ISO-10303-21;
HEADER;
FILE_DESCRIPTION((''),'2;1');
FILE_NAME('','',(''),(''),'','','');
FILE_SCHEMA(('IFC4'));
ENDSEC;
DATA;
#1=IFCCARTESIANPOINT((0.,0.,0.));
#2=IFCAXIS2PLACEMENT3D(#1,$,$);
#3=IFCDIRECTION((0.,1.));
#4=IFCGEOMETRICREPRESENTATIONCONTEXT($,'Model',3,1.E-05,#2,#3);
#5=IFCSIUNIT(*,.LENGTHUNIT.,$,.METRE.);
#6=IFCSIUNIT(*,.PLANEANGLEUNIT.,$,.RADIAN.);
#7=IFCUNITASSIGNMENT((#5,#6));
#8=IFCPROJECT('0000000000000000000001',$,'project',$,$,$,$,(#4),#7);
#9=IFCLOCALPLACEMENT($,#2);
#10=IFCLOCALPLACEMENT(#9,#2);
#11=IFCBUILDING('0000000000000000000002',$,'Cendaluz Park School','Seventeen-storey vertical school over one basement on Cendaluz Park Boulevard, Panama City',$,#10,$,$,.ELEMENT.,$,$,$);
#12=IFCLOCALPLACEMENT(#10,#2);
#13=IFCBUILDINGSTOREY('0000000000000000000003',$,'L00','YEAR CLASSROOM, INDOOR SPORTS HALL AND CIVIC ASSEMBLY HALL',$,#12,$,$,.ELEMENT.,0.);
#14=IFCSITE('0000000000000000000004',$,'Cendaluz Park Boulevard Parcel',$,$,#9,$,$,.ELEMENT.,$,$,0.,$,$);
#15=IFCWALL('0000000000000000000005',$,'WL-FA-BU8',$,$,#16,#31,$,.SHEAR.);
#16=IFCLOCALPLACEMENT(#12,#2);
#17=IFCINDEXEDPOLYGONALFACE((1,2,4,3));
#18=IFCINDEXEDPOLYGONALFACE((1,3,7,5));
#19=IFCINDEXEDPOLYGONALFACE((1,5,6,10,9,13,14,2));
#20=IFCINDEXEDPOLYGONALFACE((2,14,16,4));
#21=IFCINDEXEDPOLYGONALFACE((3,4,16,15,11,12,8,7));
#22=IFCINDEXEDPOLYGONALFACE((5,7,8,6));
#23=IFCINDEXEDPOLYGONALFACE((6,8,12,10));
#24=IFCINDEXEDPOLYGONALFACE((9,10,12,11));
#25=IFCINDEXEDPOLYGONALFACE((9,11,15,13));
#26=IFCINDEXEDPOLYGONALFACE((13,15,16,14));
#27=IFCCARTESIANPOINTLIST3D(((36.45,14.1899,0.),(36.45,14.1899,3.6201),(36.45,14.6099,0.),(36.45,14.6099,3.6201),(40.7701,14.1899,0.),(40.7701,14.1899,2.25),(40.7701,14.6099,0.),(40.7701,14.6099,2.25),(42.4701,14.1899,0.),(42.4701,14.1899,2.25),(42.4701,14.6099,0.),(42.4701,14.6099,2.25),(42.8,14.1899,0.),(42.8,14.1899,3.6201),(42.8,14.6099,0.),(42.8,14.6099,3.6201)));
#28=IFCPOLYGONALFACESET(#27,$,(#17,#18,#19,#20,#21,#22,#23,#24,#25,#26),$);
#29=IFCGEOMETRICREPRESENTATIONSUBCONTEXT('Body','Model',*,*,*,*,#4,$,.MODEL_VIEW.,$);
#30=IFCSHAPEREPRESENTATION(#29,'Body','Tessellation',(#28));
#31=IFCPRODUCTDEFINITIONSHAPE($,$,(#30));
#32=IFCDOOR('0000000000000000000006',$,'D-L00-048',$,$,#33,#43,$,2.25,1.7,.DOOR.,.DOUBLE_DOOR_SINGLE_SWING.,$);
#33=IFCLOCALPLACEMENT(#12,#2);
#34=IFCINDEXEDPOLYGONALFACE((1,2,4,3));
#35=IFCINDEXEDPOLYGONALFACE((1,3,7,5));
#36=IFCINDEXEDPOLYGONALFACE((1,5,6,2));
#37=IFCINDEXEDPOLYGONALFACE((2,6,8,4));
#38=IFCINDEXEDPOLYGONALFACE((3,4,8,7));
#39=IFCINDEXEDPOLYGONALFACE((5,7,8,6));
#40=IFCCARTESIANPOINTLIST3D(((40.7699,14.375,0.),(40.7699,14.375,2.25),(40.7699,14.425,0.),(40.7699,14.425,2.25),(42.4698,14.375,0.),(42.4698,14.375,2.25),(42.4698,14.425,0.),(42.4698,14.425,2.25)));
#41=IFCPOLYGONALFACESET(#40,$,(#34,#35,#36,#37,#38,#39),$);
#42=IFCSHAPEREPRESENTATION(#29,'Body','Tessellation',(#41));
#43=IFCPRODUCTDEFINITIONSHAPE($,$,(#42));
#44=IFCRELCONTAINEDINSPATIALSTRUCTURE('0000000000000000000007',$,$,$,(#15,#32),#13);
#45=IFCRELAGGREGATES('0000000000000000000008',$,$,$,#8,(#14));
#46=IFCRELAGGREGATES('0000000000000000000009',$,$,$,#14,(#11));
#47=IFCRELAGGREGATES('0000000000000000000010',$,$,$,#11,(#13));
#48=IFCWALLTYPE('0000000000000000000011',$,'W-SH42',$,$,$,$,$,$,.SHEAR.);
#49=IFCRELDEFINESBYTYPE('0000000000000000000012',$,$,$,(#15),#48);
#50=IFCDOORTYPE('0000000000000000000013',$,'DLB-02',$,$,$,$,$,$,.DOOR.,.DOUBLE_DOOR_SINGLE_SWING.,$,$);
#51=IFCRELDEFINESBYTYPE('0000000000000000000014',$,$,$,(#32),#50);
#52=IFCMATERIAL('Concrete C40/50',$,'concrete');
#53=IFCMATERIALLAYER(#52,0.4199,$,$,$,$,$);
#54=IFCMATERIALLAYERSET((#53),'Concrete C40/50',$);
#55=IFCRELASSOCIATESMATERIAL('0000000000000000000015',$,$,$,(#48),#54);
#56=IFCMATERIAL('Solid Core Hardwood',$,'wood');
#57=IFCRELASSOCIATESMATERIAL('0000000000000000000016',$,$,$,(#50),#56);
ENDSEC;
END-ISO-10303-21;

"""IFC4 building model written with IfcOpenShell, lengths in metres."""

from ifc_helpers import new_model, si_unit, direction, frame, frame_2d, origin, place, context, subcontext, project, spatial, rectangle, extrude, material, layer, layer_set, type_object, element, fill, save


model = new_model("IFC4")

# Units and contexts
model_context = context("Model", 3, precision=1e-05, world=origin(), true_north=direction((0.0, 1.0)))
body_context = subcontext(model_context, "Body", "Model", "MODEL_VIEW")
ifc_project = project(units=[si_unit("LENGTHUNIT", "METRE"), si_unit("PLANEANGLEUNIT", "RADIAN")], contexts=[model_context])

# Site, building, storey
site_placement = place(None, origin())
site = spatial("IfcSite", under=ifc_project, at=site_placement, Name="Cendaluz Park Boulevard Parcel", CompositionType="ELEMENT", RefElevation=0.0)
building_placement = place(site_placement, origin())
building = spatial("IfcBuilding", under=site, at=building_placement, Name="Cendaluz Park School", Description="Seventeen-storey vertical school over one basement on Cendaluz Park Boulevard, Panama City", CompositionType="ELEMENT")
storey_placement = place(building_placement, origin())
storey = spatial("IfcBuildingStorey", under=building, at=storey_placement, Name="L00", Description="YEAR CLASSROOM, INDOOR SPORTS HALL AND CIVIC ASSEMBLY HALL", CompositionType="ELEMENT", Elevation=0.0)

# Shared definitions
ifc_material_1 = material(Name="Concrete C40/50", Category="concrete")

# Shared definitions
ifc_material_2 = material(Name="Solid Core Hardwood", Category="wood")

# Shared definitions
ifc_layer_1 = layer(ifc_material_1, 0.4199)
ifc_layer_set_1 = layer_set([ifc_layer_1], Name="Concrete C40/50")
wall_type_1 = type_object("IfcWallType", Name="W-SH42", PredefinedType="SHEAR", material=ifc_layer_set_1)

# Wall, opening, door
wall_1_placement = place(storey_placement, frame((36.45, 14.3999, 0.0), z_axis=(0.0, 0.0, 1.0), x_axis=(1.0, 0.0, 0.0)))
wall_1 = element("IfcWall", 1, at=wall_1_placement, inside=storey, type_object=wall_type_1, Name="WL-FA-BU8", PredefinedType="SHEAR", context=body_context, shape_type="SweptSolid", body=[
    extrude(rectangle(XDim=6.3501, YDim=0.4199, at=frame_2d((3.175, 0.0))), origin(), (0.0, 0.0, 1.0), 3.6201),
])
opening_1_placement = place(wall_1_placement, frame((4.3201, 0.0, 0.0)))
opening_1 = element("IfcOpeningElement", 2, at=opening_1_placement, cuts=wall_1, PredefinedType="OPENING", context=body_context, shape_type="SweptSolid", body=[
    extrude(rectangle(XDim=1.7, YDim=2.25, at=frame_2d((0.8501, 1.125))), frame((0.0, 0.2219, 0.0), z_axis=(0.0, -1.0, 0.0), x_axis=(1.0, 0.0, 0.0)), (0.0, 0.0, 1.0), 0.4438),
])
door_type_1 = type_object("IfcDoorType", Name="DLB-02", OperationType="DOUBLE_DOOR_SINGLE_SWING", PredefinedType="DOOR", material=ifc_material_2)
door_1_placement = place(opening_1_placement, frame((1.7, 0.0, 0.0), z_axis=(0.0, 0.0, 1.0), x_axis=(-1.0, 0.0, 0.0)))
door_1 = element("IfcDoor", 3, at=door_1_placement, inside=storey, type_object=door_type_1, Name="D-L00-048", OperationType="DOUBLE_DOOR_SINGLE_SWING", OverallHeight=2.25, OverallWidth=1.7, PredefinedType="DOOR", context=body_context, shape_type="SweptSolid", body=[
    extrude(rectangle(XDim=1.7, YDim=2.25, at=frame_2d((0.8501, 1.125))), frame((0.0, 0.0249, 0.0), z_axis=(0.0, -1.0, 0.0), x_axis=(1.0, 0.0, 0.0)), (0.0, 0.0, 1.0), 0.05),
])
fill(opening_1, door_1)

save(model, "model.ifc")
